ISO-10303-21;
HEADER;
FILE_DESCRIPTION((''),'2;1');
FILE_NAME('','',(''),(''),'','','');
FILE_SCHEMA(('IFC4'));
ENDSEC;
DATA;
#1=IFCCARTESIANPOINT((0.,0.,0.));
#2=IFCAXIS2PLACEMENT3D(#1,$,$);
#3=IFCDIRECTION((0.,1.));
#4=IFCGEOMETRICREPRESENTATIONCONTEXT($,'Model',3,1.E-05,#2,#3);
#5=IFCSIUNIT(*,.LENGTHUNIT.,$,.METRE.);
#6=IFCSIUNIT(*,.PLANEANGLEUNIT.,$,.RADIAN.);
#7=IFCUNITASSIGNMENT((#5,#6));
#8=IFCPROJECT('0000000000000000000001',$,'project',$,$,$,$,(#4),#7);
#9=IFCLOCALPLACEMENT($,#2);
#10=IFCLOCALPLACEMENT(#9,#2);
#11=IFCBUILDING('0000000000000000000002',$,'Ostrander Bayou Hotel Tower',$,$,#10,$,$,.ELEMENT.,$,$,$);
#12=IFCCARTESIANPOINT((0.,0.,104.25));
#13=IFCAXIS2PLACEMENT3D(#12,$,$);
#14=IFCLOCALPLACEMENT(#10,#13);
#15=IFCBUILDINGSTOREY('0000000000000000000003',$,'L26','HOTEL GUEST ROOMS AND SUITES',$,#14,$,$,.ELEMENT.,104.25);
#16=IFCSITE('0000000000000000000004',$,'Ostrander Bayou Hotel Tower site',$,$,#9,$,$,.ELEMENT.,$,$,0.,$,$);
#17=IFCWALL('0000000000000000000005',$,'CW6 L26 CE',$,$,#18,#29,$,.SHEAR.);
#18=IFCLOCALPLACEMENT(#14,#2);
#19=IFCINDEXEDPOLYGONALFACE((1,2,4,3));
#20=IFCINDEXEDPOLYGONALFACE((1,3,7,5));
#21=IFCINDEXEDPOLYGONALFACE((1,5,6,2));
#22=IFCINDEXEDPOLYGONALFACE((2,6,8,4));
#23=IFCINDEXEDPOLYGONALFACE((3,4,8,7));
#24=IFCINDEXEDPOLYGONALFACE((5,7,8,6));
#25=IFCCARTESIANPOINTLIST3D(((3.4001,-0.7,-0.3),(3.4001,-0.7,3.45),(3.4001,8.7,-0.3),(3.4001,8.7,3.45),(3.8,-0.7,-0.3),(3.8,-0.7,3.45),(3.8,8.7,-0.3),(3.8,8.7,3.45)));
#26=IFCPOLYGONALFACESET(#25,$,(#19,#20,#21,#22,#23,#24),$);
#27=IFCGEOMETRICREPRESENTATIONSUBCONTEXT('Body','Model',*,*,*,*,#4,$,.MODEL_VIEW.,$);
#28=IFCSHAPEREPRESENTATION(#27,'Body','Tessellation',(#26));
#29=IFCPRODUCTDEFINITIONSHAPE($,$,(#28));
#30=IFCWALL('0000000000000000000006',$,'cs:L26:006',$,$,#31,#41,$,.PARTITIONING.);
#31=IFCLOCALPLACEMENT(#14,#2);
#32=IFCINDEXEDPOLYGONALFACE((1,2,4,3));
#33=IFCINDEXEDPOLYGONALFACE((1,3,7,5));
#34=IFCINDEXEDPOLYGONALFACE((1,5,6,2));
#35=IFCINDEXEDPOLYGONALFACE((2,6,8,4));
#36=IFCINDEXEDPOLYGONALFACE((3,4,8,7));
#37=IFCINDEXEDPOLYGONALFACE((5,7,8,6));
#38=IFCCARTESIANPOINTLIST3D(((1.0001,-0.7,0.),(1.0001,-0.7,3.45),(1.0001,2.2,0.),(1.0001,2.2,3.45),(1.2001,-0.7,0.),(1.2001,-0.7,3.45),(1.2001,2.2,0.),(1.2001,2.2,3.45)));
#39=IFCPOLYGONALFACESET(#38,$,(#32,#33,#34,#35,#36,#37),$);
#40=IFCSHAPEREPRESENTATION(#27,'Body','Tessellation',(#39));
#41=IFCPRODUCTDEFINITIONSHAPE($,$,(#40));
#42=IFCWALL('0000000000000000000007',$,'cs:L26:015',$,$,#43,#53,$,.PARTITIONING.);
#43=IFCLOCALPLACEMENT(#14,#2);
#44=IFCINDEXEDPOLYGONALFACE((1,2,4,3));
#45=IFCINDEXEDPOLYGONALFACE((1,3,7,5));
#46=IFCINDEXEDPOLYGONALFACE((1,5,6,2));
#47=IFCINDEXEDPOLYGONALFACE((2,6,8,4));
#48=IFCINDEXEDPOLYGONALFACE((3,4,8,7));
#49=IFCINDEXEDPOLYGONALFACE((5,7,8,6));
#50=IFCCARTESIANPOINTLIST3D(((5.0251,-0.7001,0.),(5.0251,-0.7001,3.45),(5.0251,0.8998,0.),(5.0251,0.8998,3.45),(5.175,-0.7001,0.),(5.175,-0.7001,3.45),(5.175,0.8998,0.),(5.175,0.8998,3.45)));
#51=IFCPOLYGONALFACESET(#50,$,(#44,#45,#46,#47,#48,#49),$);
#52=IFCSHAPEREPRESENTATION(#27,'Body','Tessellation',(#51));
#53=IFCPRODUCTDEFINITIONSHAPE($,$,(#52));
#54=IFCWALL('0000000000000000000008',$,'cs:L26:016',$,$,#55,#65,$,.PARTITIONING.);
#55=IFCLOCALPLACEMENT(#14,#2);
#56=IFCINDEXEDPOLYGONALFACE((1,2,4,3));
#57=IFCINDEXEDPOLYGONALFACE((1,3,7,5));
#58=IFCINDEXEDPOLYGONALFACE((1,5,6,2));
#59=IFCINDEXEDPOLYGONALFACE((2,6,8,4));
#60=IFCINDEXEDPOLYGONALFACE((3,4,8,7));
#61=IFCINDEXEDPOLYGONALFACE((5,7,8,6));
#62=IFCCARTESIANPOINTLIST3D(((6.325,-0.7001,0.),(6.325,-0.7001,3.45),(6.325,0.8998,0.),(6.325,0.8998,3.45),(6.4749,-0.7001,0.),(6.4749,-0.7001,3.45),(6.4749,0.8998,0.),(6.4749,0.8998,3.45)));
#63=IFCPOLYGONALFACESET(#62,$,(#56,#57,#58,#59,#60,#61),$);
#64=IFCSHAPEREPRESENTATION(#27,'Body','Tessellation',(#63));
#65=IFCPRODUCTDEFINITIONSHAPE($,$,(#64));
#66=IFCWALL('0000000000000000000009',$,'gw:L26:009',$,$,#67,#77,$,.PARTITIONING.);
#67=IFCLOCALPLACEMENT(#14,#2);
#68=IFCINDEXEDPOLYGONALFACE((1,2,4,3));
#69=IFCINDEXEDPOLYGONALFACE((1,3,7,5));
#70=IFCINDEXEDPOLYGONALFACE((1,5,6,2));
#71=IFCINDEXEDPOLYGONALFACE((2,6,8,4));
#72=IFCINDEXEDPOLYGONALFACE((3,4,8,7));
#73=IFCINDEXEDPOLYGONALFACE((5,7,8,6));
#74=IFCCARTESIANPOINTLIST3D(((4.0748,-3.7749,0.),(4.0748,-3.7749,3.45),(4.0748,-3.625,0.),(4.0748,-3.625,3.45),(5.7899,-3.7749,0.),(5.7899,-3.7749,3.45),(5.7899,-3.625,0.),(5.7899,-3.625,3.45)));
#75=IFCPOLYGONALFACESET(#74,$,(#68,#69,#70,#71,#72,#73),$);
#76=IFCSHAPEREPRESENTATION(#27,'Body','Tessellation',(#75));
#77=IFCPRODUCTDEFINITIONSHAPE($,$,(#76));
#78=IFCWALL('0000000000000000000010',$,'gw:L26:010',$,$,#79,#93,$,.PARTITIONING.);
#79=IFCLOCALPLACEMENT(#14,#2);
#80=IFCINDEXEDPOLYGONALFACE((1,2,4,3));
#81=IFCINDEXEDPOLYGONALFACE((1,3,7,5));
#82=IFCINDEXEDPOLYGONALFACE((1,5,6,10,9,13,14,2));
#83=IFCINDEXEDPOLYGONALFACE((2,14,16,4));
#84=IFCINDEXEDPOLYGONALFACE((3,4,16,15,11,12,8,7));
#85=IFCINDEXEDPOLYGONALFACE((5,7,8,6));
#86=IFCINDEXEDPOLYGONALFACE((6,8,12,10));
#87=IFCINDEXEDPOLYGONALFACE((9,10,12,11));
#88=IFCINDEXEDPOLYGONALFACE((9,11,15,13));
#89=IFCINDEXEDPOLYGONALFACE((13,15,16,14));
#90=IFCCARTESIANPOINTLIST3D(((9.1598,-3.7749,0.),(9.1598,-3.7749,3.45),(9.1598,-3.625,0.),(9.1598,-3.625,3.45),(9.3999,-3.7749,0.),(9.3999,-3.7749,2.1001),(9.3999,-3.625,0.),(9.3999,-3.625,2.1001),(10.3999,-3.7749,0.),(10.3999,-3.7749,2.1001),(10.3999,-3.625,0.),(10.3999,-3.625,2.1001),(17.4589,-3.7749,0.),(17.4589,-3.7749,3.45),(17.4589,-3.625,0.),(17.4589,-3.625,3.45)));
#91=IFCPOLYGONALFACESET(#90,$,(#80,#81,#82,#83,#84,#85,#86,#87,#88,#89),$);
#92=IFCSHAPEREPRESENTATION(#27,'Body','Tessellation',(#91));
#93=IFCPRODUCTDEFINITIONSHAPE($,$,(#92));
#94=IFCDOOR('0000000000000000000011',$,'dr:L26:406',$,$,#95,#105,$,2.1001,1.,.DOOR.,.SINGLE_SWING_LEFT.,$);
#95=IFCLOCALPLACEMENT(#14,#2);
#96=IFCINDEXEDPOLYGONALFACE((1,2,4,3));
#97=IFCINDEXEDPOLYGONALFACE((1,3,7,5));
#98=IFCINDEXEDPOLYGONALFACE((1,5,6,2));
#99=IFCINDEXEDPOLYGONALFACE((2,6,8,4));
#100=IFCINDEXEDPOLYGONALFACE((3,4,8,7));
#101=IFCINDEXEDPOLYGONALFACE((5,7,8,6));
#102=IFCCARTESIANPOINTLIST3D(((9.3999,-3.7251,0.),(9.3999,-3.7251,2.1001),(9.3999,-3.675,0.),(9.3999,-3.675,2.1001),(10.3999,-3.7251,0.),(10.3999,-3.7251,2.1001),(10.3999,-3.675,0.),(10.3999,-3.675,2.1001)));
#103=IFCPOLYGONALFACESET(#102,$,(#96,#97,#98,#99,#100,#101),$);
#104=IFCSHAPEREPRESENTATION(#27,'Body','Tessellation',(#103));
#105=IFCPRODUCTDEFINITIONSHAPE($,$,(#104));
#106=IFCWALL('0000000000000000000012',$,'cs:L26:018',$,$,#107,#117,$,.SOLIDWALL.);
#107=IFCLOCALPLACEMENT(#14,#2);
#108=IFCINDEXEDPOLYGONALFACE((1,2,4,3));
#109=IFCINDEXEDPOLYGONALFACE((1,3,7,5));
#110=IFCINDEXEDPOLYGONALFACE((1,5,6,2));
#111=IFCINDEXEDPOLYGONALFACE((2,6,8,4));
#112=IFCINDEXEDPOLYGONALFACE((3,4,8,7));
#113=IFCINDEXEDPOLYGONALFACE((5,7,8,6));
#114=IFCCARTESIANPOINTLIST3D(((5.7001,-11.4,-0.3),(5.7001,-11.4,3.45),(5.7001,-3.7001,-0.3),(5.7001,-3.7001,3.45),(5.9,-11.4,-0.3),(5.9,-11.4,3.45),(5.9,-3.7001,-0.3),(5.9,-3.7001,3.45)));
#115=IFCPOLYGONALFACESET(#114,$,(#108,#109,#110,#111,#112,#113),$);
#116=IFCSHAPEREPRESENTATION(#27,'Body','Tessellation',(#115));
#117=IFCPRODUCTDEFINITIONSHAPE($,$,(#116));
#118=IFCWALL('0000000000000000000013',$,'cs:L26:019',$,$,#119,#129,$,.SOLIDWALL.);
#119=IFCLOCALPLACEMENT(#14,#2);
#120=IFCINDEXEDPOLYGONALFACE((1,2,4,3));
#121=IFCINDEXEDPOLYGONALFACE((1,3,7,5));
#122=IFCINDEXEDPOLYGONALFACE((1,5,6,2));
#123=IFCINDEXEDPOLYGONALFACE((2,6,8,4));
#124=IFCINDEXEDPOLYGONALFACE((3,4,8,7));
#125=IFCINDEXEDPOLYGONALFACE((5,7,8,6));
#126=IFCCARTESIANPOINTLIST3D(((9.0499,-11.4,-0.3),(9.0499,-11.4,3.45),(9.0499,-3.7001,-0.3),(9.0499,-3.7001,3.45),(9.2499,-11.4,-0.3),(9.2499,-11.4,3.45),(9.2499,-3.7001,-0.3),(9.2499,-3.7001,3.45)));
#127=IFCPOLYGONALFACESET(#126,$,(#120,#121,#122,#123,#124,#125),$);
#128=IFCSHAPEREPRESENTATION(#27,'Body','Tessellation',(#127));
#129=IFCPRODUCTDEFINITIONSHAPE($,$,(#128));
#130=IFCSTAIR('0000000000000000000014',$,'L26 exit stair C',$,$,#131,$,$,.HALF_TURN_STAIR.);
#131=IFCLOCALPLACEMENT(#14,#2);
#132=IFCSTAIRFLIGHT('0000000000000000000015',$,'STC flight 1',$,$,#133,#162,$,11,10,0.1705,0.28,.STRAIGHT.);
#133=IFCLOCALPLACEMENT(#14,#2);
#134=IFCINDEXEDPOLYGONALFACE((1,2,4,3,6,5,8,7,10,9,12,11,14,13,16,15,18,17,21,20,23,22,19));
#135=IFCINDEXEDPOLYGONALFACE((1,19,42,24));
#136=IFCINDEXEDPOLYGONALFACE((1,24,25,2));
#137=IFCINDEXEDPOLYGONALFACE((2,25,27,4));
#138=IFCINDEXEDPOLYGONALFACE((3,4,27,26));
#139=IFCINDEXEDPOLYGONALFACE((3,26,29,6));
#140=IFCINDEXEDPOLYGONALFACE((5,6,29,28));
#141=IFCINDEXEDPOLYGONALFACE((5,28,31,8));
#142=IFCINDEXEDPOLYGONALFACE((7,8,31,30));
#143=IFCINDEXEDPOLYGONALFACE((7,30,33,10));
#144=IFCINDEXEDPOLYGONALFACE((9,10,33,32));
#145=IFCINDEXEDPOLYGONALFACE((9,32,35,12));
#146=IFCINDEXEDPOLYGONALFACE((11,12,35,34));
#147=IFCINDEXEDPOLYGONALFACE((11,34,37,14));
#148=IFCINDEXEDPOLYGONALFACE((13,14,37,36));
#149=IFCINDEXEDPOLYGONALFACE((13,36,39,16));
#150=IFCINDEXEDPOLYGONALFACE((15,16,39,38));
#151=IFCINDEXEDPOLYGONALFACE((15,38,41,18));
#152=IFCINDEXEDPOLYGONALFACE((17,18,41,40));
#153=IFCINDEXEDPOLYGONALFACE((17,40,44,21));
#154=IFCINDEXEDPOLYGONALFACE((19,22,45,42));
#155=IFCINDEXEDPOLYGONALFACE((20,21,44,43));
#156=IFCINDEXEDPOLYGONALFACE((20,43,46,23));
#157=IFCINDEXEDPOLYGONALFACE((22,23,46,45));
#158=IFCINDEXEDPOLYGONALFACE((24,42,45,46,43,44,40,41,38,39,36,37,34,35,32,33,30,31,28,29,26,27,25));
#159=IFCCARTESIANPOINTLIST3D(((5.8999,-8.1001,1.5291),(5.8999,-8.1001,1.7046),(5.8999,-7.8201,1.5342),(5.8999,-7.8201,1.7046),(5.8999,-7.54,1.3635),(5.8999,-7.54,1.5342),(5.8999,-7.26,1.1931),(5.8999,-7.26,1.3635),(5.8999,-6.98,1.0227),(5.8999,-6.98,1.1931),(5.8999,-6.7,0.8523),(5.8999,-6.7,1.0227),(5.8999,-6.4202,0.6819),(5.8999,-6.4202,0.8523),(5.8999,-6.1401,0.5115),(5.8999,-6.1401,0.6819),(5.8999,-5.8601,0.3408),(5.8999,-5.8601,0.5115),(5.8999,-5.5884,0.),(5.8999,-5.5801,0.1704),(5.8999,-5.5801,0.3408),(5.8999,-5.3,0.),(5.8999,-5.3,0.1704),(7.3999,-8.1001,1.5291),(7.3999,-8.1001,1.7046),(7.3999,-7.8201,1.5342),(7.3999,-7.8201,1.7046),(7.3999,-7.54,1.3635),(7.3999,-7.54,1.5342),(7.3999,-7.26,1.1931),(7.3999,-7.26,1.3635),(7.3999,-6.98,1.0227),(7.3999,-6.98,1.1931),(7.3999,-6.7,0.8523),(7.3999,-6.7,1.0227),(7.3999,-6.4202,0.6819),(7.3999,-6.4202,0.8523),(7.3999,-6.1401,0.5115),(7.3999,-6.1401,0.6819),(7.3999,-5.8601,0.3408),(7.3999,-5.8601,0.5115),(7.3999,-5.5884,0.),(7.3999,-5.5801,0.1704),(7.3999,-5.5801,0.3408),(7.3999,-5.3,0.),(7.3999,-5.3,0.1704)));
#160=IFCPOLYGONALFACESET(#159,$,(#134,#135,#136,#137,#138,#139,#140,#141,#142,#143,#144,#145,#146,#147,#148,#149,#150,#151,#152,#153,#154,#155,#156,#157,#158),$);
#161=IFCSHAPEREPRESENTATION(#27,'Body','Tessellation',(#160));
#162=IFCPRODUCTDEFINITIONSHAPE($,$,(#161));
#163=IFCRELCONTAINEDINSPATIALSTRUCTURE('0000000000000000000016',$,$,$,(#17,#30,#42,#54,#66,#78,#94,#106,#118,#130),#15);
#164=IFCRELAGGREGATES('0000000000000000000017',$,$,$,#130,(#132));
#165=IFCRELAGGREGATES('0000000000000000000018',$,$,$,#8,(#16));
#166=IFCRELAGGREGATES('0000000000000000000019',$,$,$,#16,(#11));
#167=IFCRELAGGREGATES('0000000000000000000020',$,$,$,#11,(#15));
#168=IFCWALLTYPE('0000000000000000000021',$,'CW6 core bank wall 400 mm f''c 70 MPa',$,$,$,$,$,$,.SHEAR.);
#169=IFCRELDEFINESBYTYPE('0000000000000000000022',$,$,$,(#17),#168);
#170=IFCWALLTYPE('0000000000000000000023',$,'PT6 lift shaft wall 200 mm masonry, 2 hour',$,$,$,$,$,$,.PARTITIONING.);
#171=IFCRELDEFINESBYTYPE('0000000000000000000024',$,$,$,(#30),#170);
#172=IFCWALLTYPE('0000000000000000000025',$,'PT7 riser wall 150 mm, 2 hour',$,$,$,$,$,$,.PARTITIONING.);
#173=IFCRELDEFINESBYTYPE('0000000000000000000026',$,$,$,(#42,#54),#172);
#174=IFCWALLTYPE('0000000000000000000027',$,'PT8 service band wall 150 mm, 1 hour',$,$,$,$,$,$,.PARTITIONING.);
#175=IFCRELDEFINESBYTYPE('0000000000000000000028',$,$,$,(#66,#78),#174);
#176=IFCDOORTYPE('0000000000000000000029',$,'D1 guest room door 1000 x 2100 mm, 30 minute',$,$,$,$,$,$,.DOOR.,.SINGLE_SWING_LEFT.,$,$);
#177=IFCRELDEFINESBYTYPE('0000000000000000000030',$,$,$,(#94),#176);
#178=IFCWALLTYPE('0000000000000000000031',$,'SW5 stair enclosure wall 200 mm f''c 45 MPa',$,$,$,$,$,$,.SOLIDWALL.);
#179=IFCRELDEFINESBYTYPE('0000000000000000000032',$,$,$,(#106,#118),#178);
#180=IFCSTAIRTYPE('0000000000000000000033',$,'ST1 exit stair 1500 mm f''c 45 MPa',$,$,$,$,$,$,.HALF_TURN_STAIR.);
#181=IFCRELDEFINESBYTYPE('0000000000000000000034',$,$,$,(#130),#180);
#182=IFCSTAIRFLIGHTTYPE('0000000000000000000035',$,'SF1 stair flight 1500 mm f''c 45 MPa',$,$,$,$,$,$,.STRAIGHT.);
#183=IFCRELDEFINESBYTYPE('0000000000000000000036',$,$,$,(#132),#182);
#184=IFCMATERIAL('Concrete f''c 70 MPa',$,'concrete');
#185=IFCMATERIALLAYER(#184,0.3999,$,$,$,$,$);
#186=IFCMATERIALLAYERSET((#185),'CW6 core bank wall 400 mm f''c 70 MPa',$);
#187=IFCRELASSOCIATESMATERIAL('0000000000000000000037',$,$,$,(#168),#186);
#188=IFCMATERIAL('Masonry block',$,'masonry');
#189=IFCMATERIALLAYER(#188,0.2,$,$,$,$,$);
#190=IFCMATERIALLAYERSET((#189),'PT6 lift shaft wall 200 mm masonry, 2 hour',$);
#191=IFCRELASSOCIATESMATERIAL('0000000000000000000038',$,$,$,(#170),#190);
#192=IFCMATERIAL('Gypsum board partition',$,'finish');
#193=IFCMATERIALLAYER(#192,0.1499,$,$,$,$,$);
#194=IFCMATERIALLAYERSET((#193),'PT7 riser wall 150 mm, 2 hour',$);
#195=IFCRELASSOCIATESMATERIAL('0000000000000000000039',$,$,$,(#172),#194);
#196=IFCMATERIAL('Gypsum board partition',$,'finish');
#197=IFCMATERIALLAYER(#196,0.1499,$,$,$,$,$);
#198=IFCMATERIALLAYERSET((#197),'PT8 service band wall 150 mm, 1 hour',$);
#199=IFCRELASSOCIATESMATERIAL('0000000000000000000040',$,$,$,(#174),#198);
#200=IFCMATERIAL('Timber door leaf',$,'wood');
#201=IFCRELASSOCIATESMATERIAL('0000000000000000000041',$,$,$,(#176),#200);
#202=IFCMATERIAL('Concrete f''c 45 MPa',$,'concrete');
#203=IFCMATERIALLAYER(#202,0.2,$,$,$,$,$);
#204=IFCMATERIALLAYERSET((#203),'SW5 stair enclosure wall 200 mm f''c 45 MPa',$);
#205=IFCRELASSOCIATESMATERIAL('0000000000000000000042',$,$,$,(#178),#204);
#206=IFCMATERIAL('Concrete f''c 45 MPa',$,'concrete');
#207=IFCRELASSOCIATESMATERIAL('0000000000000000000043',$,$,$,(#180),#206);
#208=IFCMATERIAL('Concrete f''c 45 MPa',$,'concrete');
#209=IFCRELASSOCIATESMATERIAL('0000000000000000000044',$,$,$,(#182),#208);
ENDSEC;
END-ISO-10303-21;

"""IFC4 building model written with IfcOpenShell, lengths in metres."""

from ifc_helpers import new_model, si_unit, direction, frame, frame_2d, origin, place, context, subcontext, project, spatial, polyline, rectangle, outline, extrude, material, layer, layer_set, type_object, element, fill, aggregate, save


model = new_model("IFC4")

# Units and contexts
model_context = context("Model", 3, precision=1e-05, world=origin(), true_north=direction((0.0, 1.0)))
body_context = subcontext(model_context, "Body", "Model", "MODEL_VIEW")
ifc_project = project(units=[si_unit("LENGTHUNIT", "METRE"), si_unit("PLANEANGLEUNIT", "RADIAN")], contexts=[model_context])

# Site, building, storey
site_placement = place(None, origin())
site = spatial("IfcSite", under=ifc_project, at=site_placement, Name="Ostrander Bayou Hotel Tower site", CompositionType="ELEMENT", RefElevation=0.0)
building_placement = place(site_placement, origin())
building = spatial("IfcBuilding", under=site, at=building_placement, Name="Ostrander Bayou Hotel Tower", CompositionType="ELEMENT")
storey_placement = place(building_placement, frame((0.0, 0.0, 104.25)))
storey = spatial("IfcBuildingStorey", under=building, at=storey_placement, Name="L26", Description="HOTEL GUEST ROOMS AND SUITES", CompositionType="ELEMENT", Elevation=104.25)

# Walls
ifc_material_1 = material(Name="Concrete f'c 70 MPa", Category="concrete")
ifc_layer_1 = layer(ifc_material_1, 0.3999)
ifc_layer_set_1 = layer_set([ifc_layer_1], Name="CW6 core bank wall 400 mm f'c 70 MPa")
wall_type_1 = type_object("IfcWallType", Name="CW6 core bank wall 400 mm f'c 70 MPa", PredefinedType="SHEAR", material=ifc_layer_set_1)
wall_1_placement = place(storey_placement, frame((3.6001, -0.7, -0.3), z_axis=(0.0, 0.0, 1.0), x_axis=(0.0, 1.0, 0.0)))
element("IfcWall", 1, at=wall_1_placement, inside=storey, type_object=wall_type_1, Name="CW6 L26 CE", PredefinedType="SHEAR", context=body_context, shape_type="SweptSolid", body=[
    extrude(rectangle(XDim=9.3999, YDim=0.3999, at=frame_2d((4.7, 0.0))), origin(), (0.0, 0.0, 1.0), 3.75),
])
ifc_material_2 = material(Name="Masonry block", Category="masonry")
ifc_layer_2 = layer(ifc_material_2, 0.2)
ifc_layer_set_2 = layer_set([ifc_layer_2], Name="PT6 lift shaft wall 200 mm masonry, 2 hour")
wall_type_2 = type_object("IfcWallType", Name="PT6 lift shaft wall 200 mm masonry, 2 hour", PredefinedType="PARTITIONING", material=ifc_layer_set_2)
wall_2_placement = place(storey_placement, frame((1.1001, -0.7, 0.0), z_axis=(0.0, 0.0, 1.0), x_axis=(0.0, 1.0, 0.0)))
element("IfcWall", 2, at=wall_2_placement, inside=storey, type_object=wall_type_2, Name="cs:L26:006", PredefinedType="PARTITIONING", context=body_context, shape_type="SweptSolid", body=[
    extrude(rectangle(XDim=2.8999, YDim=0.2, at=frame_2d((1.45, 0.0))), origin(), (0.0, 0.0, 1.0), 3.45),
])
ifc_material_3 = material(Name="Gypsum board partition", Category="finish")
ifc_layer_3 = layer(ifc_material_3, 0.1499)
ifc_layer_set_3 = layer_set([ifc_layer_3], Name="PT7 riser wall 150 mm, 2 hour")
wall_type_3 = type_object("IfcWallType", Name="PT7 riser wall 150 mm, 2 hour", PredefinedType="PARTITIONING", material=ifc_layer_set_3)
for number, where, z_axis, x_axis, name in (
    (3, (5.1001, -0.7, 0.0), (0.0, 0.0, 1.0), (0.0, 1.0, 0.0), "cs:L26:015"),
    (4, (6.3999, -0.7, 0.0), (0.0, 0.0, 1.0), (0.0, 1.0, 0.0), "cs:L26:016"),
):
    element("IfcWall", number, at=place(storey_placement, frame(where, z_axis=z_axis, x_axis=x_axis)), inside=storey, type_object=wall_type_3, Name=name, PredefinedType="PARTITIONING", context=body_context, shape_type="SweptSolid", body=[
        extrude(rectangle(XDim=1.5999, YDim=0.1499, at=frame_2d((0.7998, 0.0))), origin(), (0.0, 0.0, 1.0), 3.45),
    ])
ifc_material_4 = material(Name="Gypsum board partition", Category="finish")
ifc_layer_4 = layer(ifc_material_4, 0.1499)
ifc_layer_set_4 = layer_set([ifc_layer_4], Name="PT8 service band wall 150 mm, 1 hour")
wall_type_4 = type_object("IfcWallType", Name="PT8 service band wall 150 mm, 1 hour", PredefinedType="PARTITIONING", material=ifc_layer_set_4)
wall_3_placement = place(storey_placement, frame((4.075, -3.7, 0.0), z_axis=(0.0, 0.0, 1.0), x_axis=(1.0, 0.0, 0.0)))
element("IfcWall", 5, at=wall_3_placement, inside=storey, type_object=wall_type_4, Name="gw:L26:009", PredefinedType="PARTITIONING", context=body_context, shape_type="SweptSolid", body=[
    extrude(rectangle(XDim=1.7151, YDim=0.1499, at=frame_2d((0.8574, 0.0))), origin(), (0.0, 0.0, 1.0), 3.45),
])

# Wall, opening, door
wall_4_placement = place(storey_placement, frame((9.1599, -3.7, 0.0), z_axis=(0.0, 0.0, 1.0), x_axis=(1.0, 0.0, 0.0)))
wall_4 = element("IfcWall", 6, at=wall_4_placement, inside=storey, type_object=wall_type_4, Name="gw:L26:010", PredefinedType="PARTITIONING", context=body_context, shape_type="SweptSolid", body=[
    extrude(rectangle(XDim=8.2991, YDim=0.1499, at=frame_2d((4.1494, 0.0))), origin(), (0.0, 0.0, 1.0), 3.45),
])
opening_1_placement = place(wall_4_placement, frame((0.24, 0.0, 0.0)))
opening_1 = element("IfcOpeningElement", 7, at=opening_1_placement, cuts=wall_4, PredefinedType="OPENING", context=body_context, shape_type="SweptSolid", body=[
    extrude(rectangle(XDim=1.0, YDim=2.1001, at=frame_2d((0.5, 1.05))), frame((0.0, 0.075, 0.0), z_axis=(0.0, -1.0, 0.0), x_axis=(1.0, 0.0, 0.0)), (0.0, 0.0, 1.0), 0.1499),
])
ifc_material_5 = material(Name="Timber door leaf", Category="wood")
door_type_1 = type_object("IfcDoorType", Name="D1 guest room door 1000 x 2100 mm, 30 minute", OperationType="SINGLE_SWING_LEFT", PredefinedType="DOOR", material=ifc_material_5)
door_1_placement = place(opening_1_placement, origin())
door_1 = element("IfcDoor", 8, at=door_1_placement, inside=storey, type_object=door_type_1, Name="dr:L26:406", OperationType="SINGLE_SWING_LEFT", OverallHeight=2.1001, OverallWidth=1.0, PredefinedType="DOOR", context=body_context, shape_type="SweptSolid", body=[
    extrude(rectangle(XDim=1.0, YDim=2.1001, at=frame_2d((0.5, 1.05))), frame((0.0, 0.0249, 0.0), z_axis=(0.0, -1.0, 0.0), x_axis=(1.0, 0.0, 0.0)), (0.0, 0.0, 1.0), 0.05),
])
fill(opening_1, door_1)
ifc_material_6 = material(Name="Concrete f'c 45 MPa", Category="concrete")
ifc_layer_5 = layer(ifc_material_6, 0.2)
ifc_layer_set_5 = layer_set([ifc_layer_5], Name="SW5 stair enclosure wall 200 mm f'c 45 MPa")
wall_type_5 = type_object("IfcWallType", Name="SW5 stair enclosure wall 200 mm f'c 45 MPa", PredefinedType="SOLIDWALL", material=ifc_layer_set_5)

# Walls
for number, where, z_axis, x_axis, name in (
    (9, (5.8, -3.7, -0.3), (0.0, 0.0, 1.0), (0.0, -1.0, 0.0), "cs:L26:018"),
    (10, (9.1499, -3.7, -0.3), (0.0, 0.0, 1.0), (0.0, -1.0, 0.0), "cs:L26:019"),
):
    element("IfcWall", number, at=place(storey_placement, frame(where, z_axis=z_axis, x_axis=x_axis)), inside=storey, type_object=wall_type_5, Name=name, PredefinedType="SOLIDWALL", context=body_context, shape_type="SweptSolid", body=[
        extrude(rectangle(XDim=7.7, YDim=0.2, at=frame_2d((3.8501, 0.0))), origin(), (0.0, 0.0, 1.0), 3.75),
    ])

# Stair, stair flight
ifc_material_7 = material(Name="Concrete f'c 45 MPa", Category="concrete")
stair_type = type_object("IfcStairType", Name="ST1 exit stair 1500 mm f'c 45 MPa", PredefinedType="HALF_TURN_STAIR", material=ifc_material_7)
stair_placement = place(storey_placement, origin())
stair = element("IfcStair", 11, at=stair_placement, inside=storey, type_object=stair_type, Name="L26 exit stair C", PredefinedType="HALF_TURN_STAIR")
ifc_material_8 = material(Name="Concrete f'c 45 MPa", Category="concrete")
stair_flight_type = type_object("IfcStairFlightType", Name="SF1 stair flight 1500 mm f'c 45 MPa", PredefinedType="STRAIGHT", material=ifc_material_8)
stair_flight_1_placement = place(storey_placement, frame((6.6499, -5.3, 0.0), z_axis=(0.0, 0.0, 1.0), x_axis=(0.0, -1.0, 0.0)))
stair_flight_1 = element("IfcStairFlight", 12, at=stair_flight_1_placement, type_object=stair_flight_type, Name="STC flight 1", NumberOfRisers=11, NumberOfTreads=10, PredefinedType="STRAIGHT", RiserHeight=0.1705, TreadLength=0.28, context=body_context, shape_type="SweptSolid", body=[
    extrude(outline(polyline([(0.0, 0.0), (0.0, 0.1704), (0.28, 0.1704), (0.28, 0.3408), (0.5601, 0.3408), (0.5601, 0.5115), (0.8401, 0.5115), (0.8401, 0.6819), (1.1201, 0.6819), (1.1201, 0.8523), (1.3999, 0.8523), (1.3999, 1.0227), (1.6799, 1.0227), (1.6799, 1.1931), (1.96, 1.1931), (1.96, 1.3635), (2.24, 1.3635), (2.24, 1.5342), (2.52, 1.5342), (2.52, 1.7046), (2.8, 1.7046), (2.8, 1.875), (2.8, 1.5291), (0.2883, 0.0), (0.0, 0.0)])), frame((0.0, 0.75, 0.0), z_axis=(0.0, -1.0, 0.0), x_axis=(1.0, 0.0, 0.0)), (0.0, 0.0, 1.0), 1.5),
])
aggregate(stair, [stair_flight_1])

save(model, "model.ifc")
